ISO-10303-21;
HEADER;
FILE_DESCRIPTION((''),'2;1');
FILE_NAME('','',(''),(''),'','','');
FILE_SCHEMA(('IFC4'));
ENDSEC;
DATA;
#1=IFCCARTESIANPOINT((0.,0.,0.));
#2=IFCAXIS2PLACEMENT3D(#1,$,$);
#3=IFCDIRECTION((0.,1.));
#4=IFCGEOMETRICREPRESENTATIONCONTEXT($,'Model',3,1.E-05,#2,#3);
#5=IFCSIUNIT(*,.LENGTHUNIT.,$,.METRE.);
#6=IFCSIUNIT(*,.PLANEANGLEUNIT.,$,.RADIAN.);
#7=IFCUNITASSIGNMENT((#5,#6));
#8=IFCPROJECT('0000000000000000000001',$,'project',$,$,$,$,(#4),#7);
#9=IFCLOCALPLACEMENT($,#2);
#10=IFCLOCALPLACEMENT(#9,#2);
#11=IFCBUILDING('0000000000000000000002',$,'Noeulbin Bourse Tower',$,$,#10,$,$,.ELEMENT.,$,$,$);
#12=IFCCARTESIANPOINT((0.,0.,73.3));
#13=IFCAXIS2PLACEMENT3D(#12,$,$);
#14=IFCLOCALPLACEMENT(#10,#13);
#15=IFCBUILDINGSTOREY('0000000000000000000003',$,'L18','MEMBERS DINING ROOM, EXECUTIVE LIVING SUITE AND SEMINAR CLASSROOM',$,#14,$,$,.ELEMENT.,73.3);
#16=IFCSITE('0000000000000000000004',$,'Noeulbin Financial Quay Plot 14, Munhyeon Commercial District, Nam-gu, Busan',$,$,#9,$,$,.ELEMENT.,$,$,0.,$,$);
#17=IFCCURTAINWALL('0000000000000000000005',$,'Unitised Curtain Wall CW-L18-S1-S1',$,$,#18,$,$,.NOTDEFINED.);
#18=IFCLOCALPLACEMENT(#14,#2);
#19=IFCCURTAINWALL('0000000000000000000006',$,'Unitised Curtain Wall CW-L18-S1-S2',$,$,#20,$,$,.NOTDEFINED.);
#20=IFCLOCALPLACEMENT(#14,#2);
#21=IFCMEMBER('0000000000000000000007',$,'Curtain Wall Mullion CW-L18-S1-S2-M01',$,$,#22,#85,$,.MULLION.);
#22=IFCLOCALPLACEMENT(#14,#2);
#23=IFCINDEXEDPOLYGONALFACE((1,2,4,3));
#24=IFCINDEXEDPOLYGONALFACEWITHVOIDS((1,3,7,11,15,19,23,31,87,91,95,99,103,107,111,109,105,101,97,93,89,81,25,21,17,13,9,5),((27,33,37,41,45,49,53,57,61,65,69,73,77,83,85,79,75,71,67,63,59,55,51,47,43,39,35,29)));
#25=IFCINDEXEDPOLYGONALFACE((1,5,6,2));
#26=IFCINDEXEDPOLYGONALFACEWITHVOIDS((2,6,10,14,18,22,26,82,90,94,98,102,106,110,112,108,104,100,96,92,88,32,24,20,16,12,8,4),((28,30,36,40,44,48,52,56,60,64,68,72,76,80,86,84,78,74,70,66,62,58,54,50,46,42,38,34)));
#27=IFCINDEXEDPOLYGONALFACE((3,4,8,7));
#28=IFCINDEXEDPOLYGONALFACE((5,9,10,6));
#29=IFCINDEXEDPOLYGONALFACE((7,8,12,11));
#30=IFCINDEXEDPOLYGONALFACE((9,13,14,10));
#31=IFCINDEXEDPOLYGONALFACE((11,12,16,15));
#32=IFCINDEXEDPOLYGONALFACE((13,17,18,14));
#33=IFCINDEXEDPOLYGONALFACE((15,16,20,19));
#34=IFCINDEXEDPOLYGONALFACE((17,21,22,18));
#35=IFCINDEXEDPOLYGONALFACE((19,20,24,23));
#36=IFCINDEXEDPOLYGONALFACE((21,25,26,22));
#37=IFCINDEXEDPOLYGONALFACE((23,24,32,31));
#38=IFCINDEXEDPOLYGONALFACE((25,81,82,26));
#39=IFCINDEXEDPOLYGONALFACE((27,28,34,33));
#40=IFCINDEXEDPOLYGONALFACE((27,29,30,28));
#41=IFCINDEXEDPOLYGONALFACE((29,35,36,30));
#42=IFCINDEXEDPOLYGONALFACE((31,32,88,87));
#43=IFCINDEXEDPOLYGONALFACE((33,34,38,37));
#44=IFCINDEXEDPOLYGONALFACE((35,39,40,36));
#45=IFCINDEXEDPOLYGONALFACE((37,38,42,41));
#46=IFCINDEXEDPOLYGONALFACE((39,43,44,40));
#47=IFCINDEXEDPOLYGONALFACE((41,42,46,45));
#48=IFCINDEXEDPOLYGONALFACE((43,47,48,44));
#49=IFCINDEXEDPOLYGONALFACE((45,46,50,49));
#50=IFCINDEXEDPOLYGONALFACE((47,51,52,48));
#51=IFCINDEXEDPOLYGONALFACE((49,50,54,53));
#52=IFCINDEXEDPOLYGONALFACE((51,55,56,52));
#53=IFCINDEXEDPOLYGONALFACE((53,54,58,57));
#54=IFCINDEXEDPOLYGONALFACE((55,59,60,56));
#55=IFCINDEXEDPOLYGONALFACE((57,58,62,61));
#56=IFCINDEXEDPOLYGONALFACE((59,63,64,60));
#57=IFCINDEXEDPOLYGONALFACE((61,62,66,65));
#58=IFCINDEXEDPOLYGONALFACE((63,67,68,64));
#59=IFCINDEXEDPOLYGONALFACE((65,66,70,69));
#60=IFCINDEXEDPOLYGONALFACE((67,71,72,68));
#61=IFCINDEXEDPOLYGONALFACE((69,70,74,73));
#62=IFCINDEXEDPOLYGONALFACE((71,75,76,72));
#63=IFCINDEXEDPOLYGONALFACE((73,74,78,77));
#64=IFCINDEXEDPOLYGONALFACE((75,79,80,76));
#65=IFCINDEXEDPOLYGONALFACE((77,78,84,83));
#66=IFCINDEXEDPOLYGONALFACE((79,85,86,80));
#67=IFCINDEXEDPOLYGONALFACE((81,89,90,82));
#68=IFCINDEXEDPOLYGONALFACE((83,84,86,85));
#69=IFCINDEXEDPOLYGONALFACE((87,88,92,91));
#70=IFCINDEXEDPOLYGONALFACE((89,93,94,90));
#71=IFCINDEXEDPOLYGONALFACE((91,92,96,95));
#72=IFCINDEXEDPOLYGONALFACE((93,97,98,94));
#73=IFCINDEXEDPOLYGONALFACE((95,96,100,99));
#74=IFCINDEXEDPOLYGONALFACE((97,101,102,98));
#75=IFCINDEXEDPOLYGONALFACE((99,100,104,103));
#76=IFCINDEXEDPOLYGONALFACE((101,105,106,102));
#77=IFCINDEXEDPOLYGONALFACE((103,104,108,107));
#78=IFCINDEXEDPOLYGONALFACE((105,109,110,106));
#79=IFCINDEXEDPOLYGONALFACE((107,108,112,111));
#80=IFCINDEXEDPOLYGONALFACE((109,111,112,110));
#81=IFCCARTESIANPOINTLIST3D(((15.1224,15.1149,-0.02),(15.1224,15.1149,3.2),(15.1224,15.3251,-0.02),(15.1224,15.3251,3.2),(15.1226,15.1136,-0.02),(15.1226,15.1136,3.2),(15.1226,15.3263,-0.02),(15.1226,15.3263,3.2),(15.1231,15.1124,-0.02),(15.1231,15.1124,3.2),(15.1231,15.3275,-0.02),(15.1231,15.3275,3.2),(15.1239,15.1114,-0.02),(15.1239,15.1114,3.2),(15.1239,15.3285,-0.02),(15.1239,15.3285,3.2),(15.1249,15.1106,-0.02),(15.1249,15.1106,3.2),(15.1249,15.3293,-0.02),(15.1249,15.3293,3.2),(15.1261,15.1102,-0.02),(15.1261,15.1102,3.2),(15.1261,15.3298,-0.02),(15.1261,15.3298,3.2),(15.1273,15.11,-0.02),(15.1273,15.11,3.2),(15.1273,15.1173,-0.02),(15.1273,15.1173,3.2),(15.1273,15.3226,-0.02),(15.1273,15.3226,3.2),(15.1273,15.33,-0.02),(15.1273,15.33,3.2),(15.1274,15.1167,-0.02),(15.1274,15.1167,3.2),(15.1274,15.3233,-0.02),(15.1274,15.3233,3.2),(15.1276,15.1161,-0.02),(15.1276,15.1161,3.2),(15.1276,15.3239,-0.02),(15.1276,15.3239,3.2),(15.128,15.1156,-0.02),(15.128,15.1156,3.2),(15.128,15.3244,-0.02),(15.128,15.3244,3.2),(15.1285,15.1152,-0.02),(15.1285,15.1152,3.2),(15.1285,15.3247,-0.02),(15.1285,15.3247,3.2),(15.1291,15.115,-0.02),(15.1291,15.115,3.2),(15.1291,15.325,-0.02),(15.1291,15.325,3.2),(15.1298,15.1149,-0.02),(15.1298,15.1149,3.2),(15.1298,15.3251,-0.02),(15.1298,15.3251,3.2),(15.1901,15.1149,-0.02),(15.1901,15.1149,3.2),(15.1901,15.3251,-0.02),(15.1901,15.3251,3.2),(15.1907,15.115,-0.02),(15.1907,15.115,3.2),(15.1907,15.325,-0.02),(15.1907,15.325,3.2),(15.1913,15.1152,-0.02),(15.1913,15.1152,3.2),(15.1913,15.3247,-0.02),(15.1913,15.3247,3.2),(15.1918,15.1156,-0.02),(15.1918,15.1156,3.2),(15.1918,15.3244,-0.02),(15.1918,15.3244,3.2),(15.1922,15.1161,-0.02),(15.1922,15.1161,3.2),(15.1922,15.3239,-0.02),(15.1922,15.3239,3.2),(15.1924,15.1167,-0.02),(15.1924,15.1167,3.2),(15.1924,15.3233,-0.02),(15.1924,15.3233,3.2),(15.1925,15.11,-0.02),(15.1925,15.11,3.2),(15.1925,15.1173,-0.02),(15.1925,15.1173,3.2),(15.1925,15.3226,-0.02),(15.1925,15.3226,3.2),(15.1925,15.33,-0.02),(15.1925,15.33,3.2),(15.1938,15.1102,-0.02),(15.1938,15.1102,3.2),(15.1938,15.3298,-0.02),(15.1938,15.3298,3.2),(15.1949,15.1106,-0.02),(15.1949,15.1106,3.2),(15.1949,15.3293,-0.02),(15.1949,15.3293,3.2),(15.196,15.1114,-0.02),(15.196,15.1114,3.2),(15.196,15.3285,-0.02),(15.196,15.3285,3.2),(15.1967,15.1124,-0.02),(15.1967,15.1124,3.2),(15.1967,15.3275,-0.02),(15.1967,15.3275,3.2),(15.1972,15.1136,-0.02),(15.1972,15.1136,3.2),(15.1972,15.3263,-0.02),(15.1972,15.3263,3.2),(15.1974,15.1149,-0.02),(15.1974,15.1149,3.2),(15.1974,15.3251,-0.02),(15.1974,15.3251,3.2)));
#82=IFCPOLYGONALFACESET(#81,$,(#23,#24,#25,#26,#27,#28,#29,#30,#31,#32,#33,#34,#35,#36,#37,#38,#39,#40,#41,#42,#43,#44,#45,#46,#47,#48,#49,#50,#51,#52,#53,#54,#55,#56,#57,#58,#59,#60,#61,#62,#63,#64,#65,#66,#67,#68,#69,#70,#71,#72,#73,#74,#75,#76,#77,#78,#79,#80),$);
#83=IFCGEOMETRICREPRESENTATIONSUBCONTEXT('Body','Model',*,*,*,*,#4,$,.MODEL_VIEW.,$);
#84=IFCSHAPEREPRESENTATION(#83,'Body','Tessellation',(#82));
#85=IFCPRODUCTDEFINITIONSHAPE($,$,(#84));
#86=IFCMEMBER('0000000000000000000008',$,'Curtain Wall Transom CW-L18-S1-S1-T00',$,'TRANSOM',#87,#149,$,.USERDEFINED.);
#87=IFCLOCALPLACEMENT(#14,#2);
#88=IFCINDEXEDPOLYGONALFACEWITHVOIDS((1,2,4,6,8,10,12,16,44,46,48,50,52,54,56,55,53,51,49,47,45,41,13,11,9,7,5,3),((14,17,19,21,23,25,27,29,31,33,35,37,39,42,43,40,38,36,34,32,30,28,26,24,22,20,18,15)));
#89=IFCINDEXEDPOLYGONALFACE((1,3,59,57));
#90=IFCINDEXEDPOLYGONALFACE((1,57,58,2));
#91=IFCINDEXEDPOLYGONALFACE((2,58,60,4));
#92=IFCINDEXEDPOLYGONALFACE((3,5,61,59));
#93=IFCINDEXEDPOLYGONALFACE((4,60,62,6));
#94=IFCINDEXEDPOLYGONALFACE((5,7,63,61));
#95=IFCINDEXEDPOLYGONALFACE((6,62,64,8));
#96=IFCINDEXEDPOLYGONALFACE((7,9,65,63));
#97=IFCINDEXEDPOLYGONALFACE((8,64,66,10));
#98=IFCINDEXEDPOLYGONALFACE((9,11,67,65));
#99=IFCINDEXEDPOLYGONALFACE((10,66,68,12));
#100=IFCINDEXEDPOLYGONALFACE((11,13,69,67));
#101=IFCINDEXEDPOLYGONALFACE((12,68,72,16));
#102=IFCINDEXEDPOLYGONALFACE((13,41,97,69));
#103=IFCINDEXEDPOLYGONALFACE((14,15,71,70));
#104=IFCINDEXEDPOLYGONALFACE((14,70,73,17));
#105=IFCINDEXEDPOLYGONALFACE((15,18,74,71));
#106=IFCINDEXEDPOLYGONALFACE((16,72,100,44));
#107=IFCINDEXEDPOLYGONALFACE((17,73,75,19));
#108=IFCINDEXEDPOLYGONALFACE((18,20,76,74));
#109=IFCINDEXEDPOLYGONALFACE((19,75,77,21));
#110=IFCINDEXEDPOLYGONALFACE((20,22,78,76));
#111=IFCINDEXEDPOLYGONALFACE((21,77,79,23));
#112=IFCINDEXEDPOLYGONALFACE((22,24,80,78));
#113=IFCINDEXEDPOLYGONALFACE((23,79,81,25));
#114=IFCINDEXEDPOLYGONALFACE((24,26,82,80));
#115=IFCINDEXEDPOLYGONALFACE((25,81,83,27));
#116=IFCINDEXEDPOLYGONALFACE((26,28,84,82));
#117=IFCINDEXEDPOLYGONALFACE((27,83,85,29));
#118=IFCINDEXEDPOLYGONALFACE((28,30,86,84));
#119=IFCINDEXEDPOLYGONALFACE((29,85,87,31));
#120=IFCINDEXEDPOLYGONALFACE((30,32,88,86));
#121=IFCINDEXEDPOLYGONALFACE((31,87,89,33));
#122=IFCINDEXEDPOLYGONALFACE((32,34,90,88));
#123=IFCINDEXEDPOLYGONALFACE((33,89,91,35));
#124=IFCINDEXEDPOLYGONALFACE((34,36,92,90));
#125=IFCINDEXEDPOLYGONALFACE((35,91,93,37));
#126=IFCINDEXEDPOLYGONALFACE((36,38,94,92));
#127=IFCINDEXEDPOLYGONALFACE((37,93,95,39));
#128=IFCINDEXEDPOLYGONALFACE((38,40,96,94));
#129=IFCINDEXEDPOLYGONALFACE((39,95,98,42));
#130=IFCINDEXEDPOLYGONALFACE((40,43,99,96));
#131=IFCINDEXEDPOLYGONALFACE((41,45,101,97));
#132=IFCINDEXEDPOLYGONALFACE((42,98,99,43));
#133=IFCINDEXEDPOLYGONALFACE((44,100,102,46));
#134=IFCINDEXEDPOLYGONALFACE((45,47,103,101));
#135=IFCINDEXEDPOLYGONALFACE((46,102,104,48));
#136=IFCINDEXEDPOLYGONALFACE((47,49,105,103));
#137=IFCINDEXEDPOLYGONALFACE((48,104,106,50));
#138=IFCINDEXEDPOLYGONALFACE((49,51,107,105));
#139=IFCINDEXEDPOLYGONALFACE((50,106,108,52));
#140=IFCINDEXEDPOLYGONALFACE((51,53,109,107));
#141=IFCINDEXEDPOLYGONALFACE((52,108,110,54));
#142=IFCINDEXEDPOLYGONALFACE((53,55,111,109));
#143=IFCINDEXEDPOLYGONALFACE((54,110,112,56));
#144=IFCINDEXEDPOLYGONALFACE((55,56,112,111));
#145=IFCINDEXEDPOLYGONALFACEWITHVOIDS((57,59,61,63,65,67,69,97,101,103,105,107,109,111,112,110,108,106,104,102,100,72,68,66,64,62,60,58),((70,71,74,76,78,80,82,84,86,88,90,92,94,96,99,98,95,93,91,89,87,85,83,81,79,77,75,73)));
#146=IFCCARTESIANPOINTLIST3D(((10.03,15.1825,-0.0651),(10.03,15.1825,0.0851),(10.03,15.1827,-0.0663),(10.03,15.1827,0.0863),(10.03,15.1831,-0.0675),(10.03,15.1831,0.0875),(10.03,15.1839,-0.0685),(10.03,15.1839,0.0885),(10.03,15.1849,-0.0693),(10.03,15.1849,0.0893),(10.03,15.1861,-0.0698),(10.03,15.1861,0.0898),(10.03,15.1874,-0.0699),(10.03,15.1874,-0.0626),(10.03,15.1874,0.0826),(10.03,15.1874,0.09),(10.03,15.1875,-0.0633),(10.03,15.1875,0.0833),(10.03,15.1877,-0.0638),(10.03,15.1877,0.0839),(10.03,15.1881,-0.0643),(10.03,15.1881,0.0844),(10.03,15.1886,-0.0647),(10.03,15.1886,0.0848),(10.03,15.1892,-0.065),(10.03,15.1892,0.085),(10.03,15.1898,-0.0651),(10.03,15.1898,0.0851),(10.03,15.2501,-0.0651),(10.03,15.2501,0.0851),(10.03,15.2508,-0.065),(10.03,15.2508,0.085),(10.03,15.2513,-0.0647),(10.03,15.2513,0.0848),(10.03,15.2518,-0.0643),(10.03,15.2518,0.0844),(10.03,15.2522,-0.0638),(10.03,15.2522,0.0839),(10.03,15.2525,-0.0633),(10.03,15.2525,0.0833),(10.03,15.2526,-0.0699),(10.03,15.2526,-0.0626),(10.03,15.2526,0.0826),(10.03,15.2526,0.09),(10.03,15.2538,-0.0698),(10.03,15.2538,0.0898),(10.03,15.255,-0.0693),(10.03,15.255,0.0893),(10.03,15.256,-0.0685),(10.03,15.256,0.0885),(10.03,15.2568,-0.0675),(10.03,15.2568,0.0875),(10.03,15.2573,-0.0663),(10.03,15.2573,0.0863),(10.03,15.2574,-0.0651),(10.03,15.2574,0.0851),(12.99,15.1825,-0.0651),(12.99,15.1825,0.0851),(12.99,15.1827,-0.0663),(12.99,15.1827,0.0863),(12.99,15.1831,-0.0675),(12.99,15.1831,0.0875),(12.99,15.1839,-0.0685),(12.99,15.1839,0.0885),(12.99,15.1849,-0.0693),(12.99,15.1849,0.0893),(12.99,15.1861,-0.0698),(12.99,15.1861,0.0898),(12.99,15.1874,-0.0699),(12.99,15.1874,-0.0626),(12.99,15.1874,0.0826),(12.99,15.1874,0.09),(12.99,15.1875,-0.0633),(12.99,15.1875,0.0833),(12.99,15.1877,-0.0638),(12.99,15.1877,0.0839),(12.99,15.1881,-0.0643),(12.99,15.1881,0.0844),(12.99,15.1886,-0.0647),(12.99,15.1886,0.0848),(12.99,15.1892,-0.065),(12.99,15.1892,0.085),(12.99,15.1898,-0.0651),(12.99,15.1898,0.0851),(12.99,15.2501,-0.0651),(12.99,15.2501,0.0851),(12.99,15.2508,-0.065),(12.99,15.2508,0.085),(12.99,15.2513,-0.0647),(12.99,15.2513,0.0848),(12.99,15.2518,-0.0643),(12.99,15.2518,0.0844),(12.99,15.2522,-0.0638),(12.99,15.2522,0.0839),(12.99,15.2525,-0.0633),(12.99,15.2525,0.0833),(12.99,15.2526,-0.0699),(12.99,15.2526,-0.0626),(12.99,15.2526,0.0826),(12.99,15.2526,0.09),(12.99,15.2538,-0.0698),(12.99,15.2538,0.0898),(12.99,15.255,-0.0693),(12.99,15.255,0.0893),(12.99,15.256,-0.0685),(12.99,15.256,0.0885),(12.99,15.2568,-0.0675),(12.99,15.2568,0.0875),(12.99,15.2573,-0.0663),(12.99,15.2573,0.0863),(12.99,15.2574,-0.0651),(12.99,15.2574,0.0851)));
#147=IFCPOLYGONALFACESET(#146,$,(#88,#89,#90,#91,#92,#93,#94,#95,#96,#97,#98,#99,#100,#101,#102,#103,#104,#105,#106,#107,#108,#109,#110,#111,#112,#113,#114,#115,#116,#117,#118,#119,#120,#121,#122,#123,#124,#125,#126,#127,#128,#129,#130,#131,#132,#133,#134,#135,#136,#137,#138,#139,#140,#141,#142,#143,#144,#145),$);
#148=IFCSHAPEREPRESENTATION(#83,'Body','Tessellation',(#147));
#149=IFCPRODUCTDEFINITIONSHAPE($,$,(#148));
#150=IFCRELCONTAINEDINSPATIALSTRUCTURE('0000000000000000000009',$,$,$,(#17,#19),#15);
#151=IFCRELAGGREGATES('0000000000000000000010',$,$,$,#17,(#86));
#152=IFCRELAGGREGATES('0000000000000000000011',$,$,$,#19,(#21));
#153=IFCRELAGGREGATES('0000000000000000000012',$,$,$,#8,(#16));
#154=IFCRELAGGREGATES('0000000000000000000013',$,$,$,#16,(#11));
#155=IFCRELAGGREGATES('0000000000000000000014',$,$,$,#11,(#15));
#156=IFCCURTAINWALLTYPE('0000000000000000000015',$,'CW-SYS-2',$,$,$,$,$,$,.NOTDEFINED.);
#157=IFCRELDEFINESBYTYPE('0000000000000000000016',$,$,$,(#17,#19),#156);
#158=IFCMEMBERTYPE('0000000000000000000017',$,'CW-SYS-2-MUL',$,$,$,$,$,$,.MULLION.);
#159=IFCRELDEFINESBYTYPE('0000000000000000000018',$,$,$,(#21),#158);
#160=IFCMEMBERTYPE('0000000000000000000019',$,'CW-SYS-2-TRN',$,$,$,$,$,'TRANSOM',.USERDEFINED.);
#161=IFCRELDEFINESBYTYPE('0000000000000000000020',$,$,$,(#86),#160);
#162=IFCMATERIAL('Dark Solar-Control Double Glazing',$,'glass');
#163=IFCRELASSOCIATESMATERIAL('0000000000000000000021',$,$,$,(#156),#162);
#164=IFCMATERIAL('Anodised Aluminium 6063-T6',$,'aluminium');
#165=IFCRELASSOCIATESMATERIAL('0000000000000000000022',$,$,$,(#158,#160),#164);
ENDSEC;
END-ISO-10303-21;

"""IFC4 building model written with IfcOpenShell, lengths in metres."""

from ifc_helpers import new_model, si_unit, direction, frame, origin, origin_2d, place, context, subcontext, project, spatial, hollow_rectangle, extrude, material, material_profile, profile_set, type_object, element, aggregate, save


model = new_model("IFC4")

# Units and contexts
model_context = context("Model", 3, precision=1e-05, world=origin(), true_north=direction((0.0, 1.0)))
body_context = subcontext(model_context, "Body", "Model", "MODEL_VIEW")
ifc_project = project(units=[si_unit("LENGTHUNIT", "METRE"), si_unit("PLANEANGLEUNIT", "RADIAN")], contexts=[model_context])

# Site, building, storey
site_placement = place(None, origin())
site = spatial("IfcSite", under=ifc_project, at=site_placement, Name="Noeulbin Financial Quay Plot 14, Munhyeon Commercial District, Nam-gu, Busan", CompositionType="ELEMENT", RefElevation=0.0)
building_placement = place(site_placement, origin())
building = spatial("IfcBuilding", under=site, at=building_placement, Name="Noeulbin Bourse Tower", CompositionType="ELEMENT")
storey_placement = place(building_placement, frame((0.0, 0.0, 73.3)))
storey = spatial("IfcBuildingStorey", under=building, at=storey_placement, Name="L18", Description="MEMBERS DINING ROOM, EXECUTIVE LIVING SUITE AND SEMINAR CLASSROOM", CompositionType="ELEMENT", Elevation=73.3)

# Curtain walls, member
ifc_material_1 = material(Name="Dark Solar-Control Double Glazing", Category="glass")
curtain_wall_type = type_object("IfcCurtainWallType", Name="CW-SYS-2", PredefinedType="NOTDEFINED", material=ifc_material_1)
curtain_wall_1_placement = place(storey_placement, origin())
curtain_wall_1 = element("IfcCurtainWall", 1, at=curtain_wall_1_placement, inside=storey, type_object=curtain_wall_type, Name="Unitised Curtain Wall CW-L18-S1-S1", PredefinedType="NOTDEFINED")
ifc_material_2 = material(Name="Anodised Aluminium 6063-T6", Category="aluminium")
ifc_material_profile_1 = material_profile(ifc_material_2, hollow_rectangle(XDim=0.075, YDim=0.22, WallThickness=0.0049, InnerFilletRadius=0.0024, OuterFilletRadius=0.0049, at=origin_2d()), Name="ALU-MULL-75x220x5", Category="LoadBearing")
ifc_profile_set_1 = profile_set([ifc_material_profile_1], Name="Anodised Aluminium 6063-T6")
member_type_1 = type_object("IfcMemberType", Name="CW-SYS-2-MUL", PredefinedType="MULLION", material=ifc_profile_set_1)
curtain_wall_2_placement = place(storey_placement, origin())
curtain_wall_2 = element("IfcCurtainWall", 2, at=curtain_wall_2_placement, inside=storey, type_object=curtain_wall_type, Name="Unitised Curtain Wall CW-L18-S1-S2", PredefinedType="NOTDEFINED")
member_1_placement = place(storey_placement, frame((15.1599, 15.22, -0.02), z_axis=(0.0, 0.0, 1.0), x_axis=(1.0, 0.0, 0.0)))
member_1 = element("IfcMember", 3, at=member_1_placement, type_object=member_type_1, Name="Curtain Wall Mullion CW-L18-S1-S2-M01", PredefinedType="MULLION", context=body_context, shape_type="SweptSolid", body=[
    extrude(hollow_rectangle(XDim=0.075, YDim=0.22, WallThickness=0.0049, InnerFilletRadius=0.0024, OuterFilletRadius=0.0049, at=origin_2d()), origin(), (0.0, 0.0, 1.0), 3.22),
])

# Member
ifc_material_profile_2 = material_profile(ifc_material_2, hollow_rectangle(XDim=0.075, YDim=0.1599, WallThickness=0.0049, InnerFilletRadius=0.0024, OuterFilletRadius=0.0049, at=origin_2d()), Name="ALU-TRAN-75x160x5", Category="LoadBearing")
ifc_profile_set_2 = profile_set([ifc_material_profile_2], Name="Anodised Aluminium 6063-T6")
member_type_2 = type_object("IfcMemberType", Name="CW-SYS-2-TRN", ElementType="TRANSOM", PredefinedType="USERDEFINED", material=ifc_profile_set_2)
member_2_placement = place(storey_placement, frame((10.03, 15.22, 0.01), z_axis=(1.0, 0.0, 0.0), x_axis=(0.0, 1.0, 0.0)))
member_2 = element("IfcMember", 4, at=member_2_placement, type_object=member_type_2, Name="Curtain Wall Transom CW-L18-S1-S1-T00", ObjectType="TRANSOM", PredefinedType="USERDEFINED", context=body_context, shape_type="SweptSolid", body=[
    extrude(hollow_rectangle(XDim=0.075, YDim=0.1599, WallThickness=0.0049, InnerFilletRadius=0.0024, OuterFilletRadius=0.0049, at=origin_2d()), origin(), (0.0, 0.0, 1.0), 2.96),
])

aggregate(curtain_wall_1, [member_2])
aggregate(curtain_wall_2, [member_1])

save(model, "model.ifc")
